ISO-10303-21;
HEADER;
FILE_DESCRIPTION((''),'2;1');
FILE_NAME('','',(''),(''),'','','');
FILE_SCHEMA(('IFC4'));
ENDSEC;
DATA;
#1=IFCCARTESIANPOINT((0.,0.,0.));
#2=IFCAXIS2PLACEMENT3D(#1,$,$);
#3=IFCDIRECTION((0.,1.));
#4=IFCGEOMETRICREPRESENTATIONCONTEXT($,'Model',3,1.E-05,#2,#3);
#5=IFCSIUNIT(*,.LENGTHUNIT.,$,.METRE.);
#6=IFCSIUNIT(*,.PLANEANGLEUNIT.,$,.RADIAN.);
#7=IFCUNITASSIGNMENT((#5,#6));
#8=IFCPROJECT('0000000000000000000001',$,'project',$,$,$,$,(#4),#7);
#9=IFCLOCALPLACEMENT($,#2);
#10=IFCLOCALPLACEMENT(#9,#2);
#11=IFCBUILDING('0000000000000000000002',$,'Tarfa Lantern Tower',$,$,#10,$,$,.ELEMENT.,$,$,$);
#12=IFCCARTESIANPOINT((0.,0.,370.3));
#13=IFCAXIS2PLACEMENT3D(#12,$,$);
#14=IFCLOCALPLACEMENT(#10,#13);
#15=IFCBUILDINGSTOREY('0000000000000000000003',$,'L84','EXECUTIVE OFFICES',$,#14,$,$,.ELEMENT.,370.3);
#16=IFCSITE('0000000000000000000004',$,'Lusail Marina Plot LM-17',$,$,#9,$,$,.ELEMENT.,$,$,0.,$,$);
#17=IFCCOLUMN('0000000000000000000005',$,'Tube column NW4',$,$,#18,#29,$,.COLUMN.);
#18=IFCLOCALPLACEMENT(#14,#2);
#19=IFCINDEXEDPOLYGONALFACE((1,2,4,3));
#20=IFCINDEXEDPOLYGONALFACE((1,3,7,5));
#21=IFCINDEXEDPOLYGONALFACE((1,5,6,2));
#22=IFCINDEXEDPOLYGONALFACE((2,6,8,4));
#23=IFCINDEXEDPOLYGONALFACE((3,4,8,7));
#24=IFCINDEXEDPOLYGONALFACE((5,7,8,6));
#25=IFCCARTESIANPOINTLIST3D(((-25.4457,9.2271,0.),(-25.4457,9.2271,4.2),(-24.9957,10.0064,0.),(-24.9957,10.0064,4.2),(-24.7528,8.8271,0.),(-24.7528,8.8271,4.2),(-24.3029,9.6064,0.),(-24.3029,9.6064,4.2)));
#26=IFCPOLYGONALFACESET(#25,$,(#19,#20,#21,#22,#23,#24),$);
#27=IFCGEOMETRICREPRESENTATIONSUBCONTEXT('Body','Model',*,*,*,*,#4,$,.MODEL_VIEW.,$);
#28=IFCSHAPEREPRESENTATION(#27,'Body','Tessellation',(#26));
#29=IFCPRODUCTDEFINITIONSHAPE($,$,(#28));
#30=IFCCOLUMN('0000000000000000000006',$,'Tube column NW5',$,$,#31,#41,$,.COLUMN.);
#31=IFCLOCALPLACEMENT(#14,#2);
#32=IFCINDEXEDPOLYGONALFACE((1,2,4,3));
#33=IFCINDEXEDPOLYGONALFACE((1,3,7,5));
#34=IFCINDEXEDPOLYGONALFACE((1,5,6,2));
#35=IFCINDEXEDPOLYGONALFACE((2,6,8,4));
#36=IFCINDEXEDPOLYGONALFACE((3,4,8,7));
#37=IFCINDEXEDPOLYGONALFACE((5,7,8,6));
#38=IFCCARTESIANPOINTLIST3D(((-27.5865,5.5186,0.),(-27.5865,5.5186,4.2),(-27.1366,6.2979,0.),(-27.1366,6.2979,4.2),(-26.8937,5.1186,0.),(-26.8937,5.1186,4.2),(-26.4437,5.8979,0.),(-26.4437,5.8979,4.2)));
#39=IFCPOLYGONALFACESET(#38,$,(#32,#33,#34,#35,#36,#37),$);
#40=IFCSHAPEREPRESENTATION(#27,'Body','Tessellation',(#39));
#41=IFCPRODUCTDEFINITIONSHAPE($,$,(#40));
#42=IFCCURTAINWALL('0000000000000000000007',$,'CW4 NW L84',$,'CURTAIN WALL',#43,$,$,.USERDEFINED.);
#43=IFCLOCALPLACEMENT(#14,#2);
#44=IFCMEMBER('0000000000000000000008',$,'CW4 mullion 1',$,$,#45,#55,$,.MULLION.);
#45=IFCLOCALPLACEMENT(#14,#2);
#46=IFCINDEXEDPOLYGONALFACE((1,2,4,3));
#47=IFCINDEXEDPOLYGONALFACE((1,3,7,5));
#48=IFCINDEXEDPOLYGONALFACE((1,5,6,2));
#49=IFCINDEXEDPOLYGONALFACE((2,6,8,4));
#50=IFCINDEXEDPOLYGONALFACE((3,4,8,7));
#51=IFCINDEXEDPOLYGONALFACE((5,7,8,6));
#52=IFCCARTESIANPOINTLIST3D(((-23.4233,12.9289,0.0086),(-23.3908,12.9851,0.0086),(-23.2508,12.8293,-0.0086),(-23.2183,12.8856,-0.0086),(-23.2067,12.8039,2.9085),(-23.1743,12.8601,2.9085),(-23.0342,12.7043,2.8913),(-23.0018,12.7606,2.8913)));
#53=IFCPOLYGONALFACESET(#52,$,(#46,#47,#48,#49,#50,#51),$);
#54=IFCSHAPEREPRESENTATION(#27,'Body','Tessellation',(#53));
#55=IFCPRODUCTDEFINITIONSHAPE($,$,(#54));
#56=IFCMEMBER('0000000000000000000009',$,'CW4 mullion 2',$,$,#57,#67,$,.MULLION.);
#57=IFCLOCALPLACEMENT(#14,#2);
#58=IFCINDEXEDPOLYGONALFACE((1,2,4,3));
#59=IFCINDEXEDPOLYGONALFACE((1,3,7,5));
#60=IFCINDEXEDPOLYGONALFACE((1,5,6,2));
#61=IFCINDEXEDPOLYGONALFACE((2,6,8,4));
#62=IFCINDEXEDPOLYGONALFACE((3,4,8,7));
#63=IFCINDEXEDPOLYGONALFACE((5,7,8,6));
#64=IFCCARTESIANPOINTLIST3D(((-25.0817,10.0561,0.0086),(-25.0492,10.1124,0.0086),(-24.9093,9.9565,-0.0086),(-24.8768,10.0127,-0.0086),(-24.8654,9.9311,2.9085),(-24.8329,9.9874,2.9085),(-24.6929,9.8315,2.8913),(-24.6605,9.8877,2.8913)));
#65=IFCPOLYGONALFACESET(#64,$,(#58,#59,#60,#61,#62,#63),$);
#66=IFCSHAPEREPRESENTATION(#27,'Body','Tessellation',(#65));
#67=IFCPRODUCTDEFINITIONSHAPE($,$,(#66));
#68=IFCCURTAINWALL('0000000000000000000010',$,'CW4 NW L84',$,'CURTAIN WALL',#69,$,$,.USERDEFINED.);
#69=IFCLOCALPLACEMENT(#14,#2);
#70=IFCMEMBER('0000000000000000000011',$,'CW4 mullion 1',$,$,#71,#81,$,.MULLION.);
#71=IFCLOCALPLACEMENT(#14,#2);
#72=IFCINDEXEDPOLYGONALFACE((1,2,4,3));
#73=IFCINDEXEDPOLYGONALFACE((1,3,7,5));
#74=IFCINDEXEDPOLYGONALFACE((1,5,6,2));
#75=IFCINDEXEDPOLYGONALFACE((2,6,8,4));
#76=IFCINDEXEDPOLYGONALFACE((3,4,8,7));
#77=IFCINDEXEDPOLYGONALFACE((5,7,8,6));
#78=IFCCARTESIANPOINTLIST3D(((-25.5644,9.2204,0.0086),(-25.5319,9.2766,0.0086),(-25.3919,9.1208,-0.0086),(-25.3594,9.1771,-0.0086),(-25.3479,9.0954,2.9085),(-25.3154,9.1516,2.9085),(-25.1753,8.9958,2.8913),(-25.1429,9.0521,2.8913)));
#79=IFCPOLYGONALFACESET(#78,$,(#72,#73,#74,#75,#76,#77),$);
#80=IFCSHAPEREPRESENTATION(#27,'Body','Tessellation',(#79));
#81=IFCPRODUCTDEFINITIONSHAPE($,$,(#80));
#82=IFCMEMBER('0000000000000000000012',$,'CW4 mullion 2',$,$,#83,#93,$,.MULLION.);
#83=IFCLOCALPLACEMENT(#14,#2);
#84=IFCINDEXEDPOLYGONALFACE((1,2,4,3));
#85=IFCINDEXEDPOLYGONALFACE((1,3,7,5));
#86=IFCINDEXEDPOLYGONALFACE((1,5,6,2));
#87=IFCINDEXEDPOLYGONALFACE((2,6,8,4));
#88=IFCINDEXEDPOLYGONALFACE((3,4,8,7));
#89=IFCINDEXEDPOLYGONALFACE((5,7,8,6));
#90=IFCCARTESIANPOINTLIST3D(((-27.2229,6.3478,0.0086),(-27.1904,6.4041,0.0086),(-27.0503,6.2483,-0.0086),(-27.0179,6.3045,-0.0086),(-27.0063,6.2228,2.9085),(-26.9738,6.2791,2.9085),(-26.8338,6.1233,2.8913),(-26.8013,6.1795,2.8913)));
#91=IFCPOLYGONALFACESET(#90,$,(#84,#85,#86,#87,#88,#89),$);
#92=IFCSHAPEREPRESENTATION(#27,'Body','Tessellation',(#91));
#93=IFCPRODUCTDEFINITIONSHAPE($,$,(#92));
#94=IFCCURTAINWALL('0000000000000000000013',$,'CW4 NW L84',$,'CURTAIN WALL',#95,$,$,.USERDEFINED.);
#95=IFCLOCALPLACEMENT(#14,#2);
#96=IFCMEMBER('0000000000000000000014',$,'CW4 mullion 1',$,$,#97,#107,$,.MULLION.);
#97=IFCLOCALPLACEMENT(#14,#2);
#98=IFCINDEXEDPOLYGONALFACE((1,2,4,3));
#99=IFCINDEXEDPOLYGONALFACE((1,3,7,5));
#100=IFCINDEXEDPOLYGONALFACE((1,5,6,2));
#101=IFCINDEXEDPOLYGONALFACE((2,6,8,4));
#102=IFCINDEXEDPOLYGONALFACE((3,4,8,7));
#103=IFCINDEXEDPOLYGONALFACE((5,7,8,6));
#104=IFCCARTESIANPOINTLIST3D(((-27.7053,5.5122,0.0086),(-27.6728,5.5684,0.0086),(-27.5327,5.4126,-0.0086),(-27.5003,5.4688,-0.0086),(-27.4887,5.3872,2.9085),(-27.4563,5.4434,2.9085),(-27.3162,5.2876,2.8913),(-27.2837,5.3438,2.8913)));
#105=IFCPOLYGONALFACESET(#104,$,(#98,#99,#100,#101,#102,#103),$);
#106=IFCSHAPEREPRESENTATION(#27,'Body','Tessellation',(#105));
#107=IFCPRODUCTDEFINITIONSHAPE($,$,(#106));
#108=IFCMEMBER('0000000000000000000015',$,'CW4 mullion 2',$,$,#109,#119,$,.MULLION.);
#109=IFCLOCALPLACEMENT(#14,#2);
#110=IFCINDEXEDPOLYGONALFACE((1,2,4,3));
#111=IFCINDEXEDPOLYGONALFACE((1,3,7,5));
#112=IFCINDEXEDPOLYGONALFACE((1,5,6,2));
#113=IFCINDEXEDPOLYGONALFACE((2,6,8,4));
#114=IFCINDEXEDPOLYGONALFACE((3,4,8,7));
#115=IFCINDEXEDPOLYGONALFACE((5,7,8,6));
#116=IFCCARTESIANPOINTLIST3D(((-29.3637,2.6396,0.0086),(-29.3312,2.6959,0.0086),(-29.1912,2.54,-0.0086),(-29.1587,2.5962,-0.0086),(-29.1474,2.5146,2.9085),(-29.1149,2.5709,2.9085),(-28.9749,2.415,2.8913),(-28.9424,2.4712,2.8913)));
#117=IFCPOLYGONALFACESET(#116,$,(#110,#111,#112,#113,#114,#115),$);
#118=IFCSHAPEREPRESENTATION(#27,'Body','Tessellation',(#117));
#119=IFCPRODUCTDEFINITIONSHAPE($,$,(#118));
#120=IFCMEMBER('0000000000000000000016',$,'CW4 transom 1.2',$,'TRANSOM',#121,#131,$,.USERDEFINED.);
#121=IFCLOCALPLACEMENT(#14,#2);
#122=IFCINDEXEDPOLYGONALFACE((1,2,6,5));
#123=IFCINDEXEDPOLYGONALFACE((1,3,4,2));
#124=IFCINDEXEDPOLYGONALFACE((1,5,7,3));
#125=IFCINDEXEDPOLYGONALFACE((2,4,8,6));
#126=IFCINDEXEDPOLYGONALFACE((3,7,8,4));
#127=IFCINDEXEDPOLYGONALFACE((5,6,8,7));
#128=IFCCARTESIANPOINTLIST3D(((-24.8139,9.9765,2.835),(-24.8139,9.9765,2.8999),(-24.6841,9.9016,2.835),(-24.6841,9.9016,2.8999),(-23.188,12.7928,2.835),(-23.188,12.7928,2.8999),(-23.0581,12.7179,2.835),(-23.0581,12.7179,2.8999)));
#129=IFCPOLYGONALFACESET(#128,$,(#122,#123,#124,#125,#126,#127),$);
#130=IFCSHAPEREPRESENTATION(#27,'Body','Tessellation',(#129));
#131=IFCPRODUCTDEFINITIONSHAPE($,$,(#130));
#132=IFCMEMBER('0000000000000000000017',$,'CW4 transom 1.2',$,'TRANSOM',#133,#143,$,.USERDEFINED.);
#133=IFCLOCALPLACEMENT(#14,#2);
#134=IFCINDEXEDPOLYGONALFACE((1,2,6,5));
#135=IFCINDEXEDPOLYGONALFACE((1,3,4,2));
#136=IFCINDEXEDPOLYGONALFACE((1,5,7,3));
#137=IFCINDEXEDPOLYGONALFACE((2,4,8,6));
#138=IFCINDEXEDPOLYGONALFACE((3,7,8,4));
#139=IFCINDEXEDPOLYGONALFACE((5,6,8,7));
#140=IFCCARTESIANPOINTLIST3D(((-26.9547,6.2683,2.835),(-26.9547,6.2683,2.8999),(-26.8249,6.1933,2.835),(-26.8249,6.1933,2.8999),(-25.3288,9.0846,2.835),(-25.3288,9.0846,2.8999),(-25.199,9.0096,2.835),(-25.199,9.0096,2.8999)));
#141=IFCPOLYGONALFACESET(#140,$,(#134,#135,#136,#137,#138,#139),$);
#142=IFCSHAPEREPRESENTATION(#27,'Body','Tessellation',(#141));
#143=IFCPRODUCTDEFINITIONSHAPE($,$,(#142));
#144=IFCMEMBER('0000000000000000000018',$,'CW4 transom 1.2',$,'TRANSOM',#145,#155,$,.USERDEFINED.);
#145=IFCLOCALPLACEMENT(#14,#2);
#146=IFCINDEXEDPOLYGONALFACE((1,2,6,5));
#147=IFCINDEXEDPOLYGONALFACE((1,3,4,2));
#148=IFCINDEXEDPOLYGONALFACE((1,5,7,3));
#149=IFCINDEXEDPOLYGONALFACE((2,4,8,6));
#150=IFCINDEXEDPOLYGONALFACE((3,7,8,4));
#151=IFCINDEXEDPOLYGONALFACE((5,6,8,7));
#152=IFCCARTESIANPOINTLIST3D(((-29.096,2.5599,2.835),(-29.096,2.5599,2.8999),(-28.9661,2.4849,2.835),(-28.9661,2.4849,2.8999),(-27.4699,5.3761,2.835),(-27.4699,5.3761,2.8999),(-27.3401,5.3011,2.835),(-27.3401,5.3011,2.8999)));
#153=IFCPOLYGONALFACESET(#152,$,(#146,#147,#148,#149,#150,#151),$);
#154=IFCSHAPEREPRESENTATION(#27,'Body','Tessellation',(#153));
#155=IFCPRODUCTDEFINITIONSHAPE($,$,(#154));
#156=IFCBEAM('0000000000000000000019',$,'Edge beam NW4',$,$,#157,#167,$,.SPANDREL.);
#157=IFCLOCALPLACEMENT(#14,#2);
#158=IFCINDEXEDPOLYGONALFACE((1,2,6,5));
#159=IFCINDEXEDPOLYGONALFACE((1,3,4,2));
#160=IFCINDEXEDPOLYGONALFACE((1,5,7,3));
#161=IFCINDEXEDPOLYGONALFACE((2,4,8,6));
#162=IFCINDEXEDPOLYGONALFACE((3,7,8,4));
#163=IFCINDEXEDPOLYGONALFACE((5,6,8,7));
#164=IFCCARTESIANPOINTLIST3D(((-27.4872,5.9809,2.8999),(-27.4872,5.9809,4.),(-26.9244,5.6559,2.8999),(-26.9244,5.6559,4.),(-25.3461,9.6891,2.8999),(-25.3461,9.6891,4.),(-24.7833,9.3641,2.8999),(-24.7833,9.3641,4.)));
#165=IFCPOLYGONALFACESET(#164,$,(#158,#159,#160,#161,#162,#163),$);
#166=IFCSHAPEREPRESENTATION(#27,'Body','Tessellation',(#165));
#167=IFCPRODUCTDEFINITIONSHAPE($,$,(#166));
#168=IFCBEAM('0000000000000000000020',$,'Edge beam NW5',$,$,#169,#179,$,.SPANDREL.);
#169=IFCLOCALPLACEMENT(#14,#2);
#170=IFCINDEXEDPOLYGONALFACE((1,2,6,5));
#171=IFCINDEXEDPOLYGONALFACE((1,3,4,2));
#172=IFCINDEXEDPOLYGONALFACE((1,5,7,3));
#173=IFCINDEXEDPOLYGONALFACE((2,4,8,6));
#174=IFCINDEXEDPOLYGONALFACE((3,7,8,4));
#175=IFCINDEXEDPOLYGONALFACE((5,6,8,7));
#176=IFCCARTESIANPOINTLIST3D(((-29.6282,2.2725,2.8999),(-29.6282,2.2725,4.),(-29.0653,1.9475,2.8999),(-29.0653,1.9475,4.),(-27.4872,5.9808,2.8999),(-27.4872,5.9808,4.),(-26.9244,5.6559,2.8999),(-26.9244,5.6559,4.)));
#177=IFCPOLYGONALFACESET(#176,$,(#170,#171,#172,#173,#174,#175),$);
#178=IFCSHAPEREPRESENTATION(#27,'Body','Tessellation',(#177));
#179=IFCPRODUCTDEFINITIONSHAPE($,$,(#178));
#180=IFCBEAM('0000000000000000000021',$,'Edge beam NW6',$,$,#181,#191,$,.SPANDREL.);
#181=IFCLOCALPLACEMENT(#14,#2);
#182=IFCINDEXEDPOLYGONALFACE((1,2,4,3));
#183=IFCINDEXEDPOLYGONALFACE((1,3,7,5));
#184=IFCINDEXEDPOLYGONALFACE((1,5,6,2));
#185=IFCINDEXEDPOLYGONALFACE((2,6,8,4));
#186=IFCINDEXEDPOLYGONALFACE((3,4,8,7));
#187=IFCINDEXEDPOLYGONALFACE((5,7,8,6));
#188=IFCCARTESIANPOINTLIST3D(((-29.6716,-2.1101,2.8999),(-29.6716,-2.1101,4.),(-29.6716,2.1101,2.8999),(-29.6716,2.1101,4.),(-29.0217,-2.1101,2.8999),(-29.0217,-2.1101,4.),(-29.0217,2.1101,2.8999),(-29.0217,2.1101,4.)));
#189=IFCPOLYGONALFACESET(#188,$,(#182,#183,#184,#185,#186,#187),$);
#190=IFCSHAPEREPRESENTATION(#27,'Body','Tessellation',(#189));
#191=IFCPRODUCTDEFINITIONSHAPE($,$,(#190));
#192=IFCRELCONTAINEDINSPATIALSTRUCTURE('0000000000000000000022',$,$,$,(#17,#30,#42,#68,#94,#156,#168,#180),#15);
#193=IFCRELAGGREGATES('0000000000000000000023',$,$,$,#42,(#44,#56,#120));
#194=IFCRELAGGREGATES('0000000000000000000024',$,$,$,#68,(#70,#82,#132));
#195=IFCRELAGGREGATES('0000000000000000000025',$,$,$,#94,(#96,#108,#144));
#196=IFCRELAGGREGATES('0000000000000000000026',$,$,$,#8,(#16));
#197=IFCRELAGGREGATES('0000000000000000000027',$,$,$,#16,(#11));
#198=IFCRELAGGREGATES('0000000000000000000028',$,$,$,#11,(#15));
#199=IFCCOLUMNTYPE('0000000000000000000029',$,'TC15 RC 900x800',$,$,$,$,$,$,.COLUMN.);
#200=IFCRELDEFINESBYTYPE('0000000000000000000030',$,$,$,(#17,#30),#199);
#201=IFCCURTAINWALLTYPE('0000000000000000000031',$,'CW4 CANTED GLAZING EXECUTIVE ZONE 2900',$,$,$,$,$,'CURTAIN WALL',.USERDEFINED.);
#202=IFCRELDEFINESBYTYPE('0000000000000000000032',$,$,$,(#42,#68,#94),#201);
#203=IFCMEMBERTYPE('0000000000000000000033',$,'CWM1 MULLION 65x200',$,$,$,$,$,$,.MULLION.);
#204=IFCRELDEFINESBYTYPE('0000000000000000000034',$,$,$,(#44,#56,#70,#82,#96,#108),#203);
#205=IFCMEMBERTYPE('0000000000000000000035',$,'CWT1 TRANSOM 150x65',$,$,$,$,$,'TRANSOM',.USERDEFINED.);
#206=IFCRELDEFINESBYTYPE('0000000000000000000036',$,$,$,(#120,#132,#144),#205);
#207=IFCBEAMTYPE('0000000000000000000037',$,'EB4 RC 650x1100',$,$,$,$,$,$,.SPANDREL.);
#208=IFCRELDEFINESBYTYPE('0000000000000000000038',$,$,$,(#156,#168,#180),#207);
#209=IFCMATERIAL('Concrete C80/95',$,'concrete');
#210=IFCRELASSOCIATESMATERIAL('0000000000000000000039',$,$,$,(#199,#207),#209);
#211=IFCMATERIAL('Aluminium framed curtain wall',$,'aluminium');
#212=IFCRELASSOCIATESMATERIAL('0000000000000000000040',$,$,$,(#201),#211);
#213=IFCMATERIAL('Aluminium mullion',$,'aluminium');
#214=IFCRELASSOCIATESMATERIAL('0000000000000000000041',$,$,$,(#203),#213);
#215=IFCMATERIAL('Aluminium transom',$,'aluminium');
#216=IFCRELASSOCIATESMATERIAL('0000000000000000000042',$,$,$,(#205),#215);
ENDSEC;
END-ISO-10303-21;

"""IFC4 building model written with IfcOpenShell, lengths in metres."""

from ifc_helpers import new_model, si_unit, direction, frame, origin, origin_2d, place, context, subcontext, project, spatial, rectangle, extrude, material, material_profile, profile_set, type_object, element, aggregate, save


model = new_model("IFC4")

# Units and contexts
model_context = context("Model", 3, precision=1e-05, world=origin(), true_north=direction((0.0, 1.0)))
body_context = subcontext(model_context, "Body", "Model", "MODEL_VIEW")
ifc_project = project(units=[si_unit("LENGTHUNIT", "METRE"), si_unit("PLANEANGLEUNIT", "RADIAN")], contexts=[model_context])

# Site, building, storey
site_placement = place(None, origin())
site = spatial("IfcSite", under=ifc_project, at=site_placement, Name="Lusail Marina Plot LM-17", CompositionType="ELEMENT", RefElevation=0.0)
building_placement = place(site_placement, origin())
building = spatial("IfcBuilding", under=site, at=building_placement, Name="Tarfa Lantern Tower", CompositionType="ELEMENT")
storey_placement = place(building_placement, frame((0.0, 0.0, 370.3)))
storey = spatial("IfcBuildingStorey", under=building, at=storey_placement, Name="L84", Description="EXECUTIVE OFFICES", CompositionType="ELEMENT", Elevation=370.3)

# Columns
ifc_material_1 = material(Name="Concrete C80/95", Category="concrete")
ifc_material_profile_1 = material_profile(ifc_material_1, rectangle(XDim=0.8999, YDim=0.8, at=origin_2d()), Name="RC 900x800")
ifc_profile_set_1 = profile_set([ifc_material_profile_1], Name="Concrete C80/95")
column_type = type_object("IfcColumnType", Name="TC15 RC 900x800", PredefinedType="COLUMN", material=ifc_profile_set_1)
for number, where, z_axis, x_axis, name in (
    (1, (-24.8743, 9.4167, 0.0), (0.0, 0.0, 1.0), (-0.5, -0.866025, 0.0), "Tube column NW4"),
    (2, (-27.0151, 5.7083, 0.0), (0.0, 0.0, 1.0), (-0.5, -0.866025, 0.0), "Tube column NW5"),
):
    element("IfcColumn", number, at=place(storey_placement, frame(where, z_axis=z_axis, x_axis=x_axis)), inside=storey, type_object=column_type, Name=name, PredefinedType="COLUMN", context=body_context, shape_type="SweptSolid", body=[
        extrude(rectangle(XDim=0.8999, YDim=0.8, at=origin_2d()), origin(), (0.0, 0.0, 1.0), 4.2),
    ])

# Curtain walls, members
ifc_material_2 = material(Name="Aluminium framed curtain wall", Category="aluminium")
curtain_wall_type = type_object("IfcCurtainWallType", Name="CW4 CANTED GLAZING EXECUTIVE ZONE 2900", ElementType="CURTAIN WALL", PredefinedType="USERDEFINED", material=ifc_material_2)
curtain_wall_1_placement = place(storey_placement, origin())
curtain_wall_1 = element("IfcCurtainWall", 3, at=curtain_wall_1_placement, inside=storey, type_object=curtain_wall_type, Name="CW4 NW L84", ObjectType="CURTAIN WALL", PredefinedType="USERDEFINED")
ifc_material_3 = material(Name="Aluminium mullion", Category="aluminium")
ifc_material_profile_2 = material_profile(ifc_material_3, rectangle(XDim=0.0649, YDim=0.2, at=origin_2d()), Name="AL MULLION 65x200")
ifc_profile_set_2 = profile_set([ifc_material_profile_2], Name="Aluminium mullion")
member_type_1 = type_object("IfcMemberType", Name="CWM1 MULLION 65x200", PredefinedType="MULLION", material=ifc_profile_set_2)
member_1_placement = place(storey_placement, frame((-23.3208, 12.9072, 0.0), z_axis=(0.0744, -0.042946, 0.996303), x_axis=(0.49992, 0.866072, 0.0)))
member_1 = element("IfcMember", 4, at=member_1_placement, type_object=member_type_1, Name="CW4 mullion 1", PredefinedType="MULLION", context=body_context, shape_type="SweptSolid", body=[
    extrude(rectangle(XDim=0.0649, YDim=0.2, at=origin_2d()), origin(), (0.0, 0.0, 1.0), 2.9106),
])
member_2_placement = place(storey_placement, frame((-24.9792, 10.0344, 0.0), z_axis=(0.074316, -0.042946, 0.99631), x_axis=(0.500343, 0.865827, 0.0)))
member_2 = element("IfcMember", 5, at=member_2_placement, type_object=member_type_1, Name="CW4 mullion 2", PredefinedType="MULLION", context=body_context, shape_type="SweptSolid", body=[
    extrude(rectangle(XDim=0.0649, YDim=0.2, at=origin_2d()), origin(), (0.0, 0.0, 1.0), 2.9106),
])
curtain_wall_2_placement = place(storey_placement, origin())
curtain_wall_2 = element("IfcCurtainWall", 6, at=curtain_wall_2_placement, inside=storey, type_object=curtain_wall_type, Name="CW4 NW L84", ObjectType="CURTAIN WALL", PredefinedType="USERDEFINED")
member_3_placement = place(storey_placement, frame((-25.4619, 9.1987, 0.0), z_axis=(0.0744, -0.042946, 0.996303), x_axis=(0.49992, 0.866072, 0.0)))
member_3 = element("IfcMember", 7, at=member_3_placement, type_object=member_type_1, Name="CW4 mullion 1", PredefinedType="MULLION", context=body_context, shape_type="SweptSolid", body=[
    extrude(rectangle(XDim=0.0649, YDim=0.2, at=origin_2d()), origin(), (0.0, 0.0, 1.0), 2.9106),
])
member_4_placement = place(storey_placement, frame((-27.1204, 6.3262, 0.0), z_axis=(0.0744, -0.042946, 0.996303), x_axis=(0.49992, 0.866072, 0.0)))
member_4 = element("IfcMember", 8, at=member_4_placement, type_object=member_type_1, Name="CW4 mullion 2", PredefinedType="MULLION", context=body_context, shape_type="SweptSolid", body=[
    extrude(rectangle(XDim=0.0649, YDim=0.2, at=origin_2d()), origin(), (0.0, 0.0, 1.0), 2.9106),
])
curtain_wall_3_placement = place(storey_placement, origin())
curtain_wall_3 = element("IfcCurtainWall", 9, at=curtain_wall_3_placement, inside=storey, type_object=curtain_wall_type, Name="CW4 NW L84", ObjectType="CURTAIN WALL", PredefinedType="USERDEFINED")
member_5_placement = place(storey_placement, frame((-27.6028, 5.4905, 0.0), z_axis=(0.0744, -0.042946, 0.996303), x_axis=(0.49992, 0.866072, 0.0)))
member_5 = element("IfcMember", 10, at=member_5_placement, type_object=member_type_1, Name="CW4 mullion 1", PredefinedType="MULLION", context=body_context, shape_type="SweptSolid", body=[
    extrude(rectangle(XDim=0.0649, YDim=0.2, at=origin_2d()), origin(), (0.0, 0.0, 1.0), 2.9106),
])
member_6_placement = place(storey_placement, frame((-29.2612, 2.6179, 0.0), z_axis=(0.074316, -0.042946, 0.99631), x_axis=(0.500343, 0.865827, 0.0)))
member_6 = element("IfcMember", 11, at=member_6_placement, type_object=member_type_1, Name="CW4 mullion 2", PredefinedType="MULLION", context=body_context, shape_type="SweptSolid", body=[
    extrude(rectangle(XDim=0.0649, YDim=0.2, at=origin_2d()), origin(), (0.0, 0.0, 1.0), 2.9106),
])

# Members
ifc_material_4 = material(Name="Aluminium transom", Category="aluminium")
ifc_material_profile_3 = material_profile(ifc_material_4, rectangle(XDim=0.1499, YDim=0.0649, at=origin_2d()), Name="AL TRANSOM 150x65")
ifc_profile_set_3 = profile_set([ifc_material_profile_3], Name="Aluminium transom")
member_type_2 = type_object("IfcMemberType", Name="CWT1 TRANSOM 150x65", ElementType="TRANSOM", PredefinedType="USERDEFINED", material=ifc_profile_set_3)
member_7_placement = place(storey_placement, frame((-23.123, 12.7554, 2.8674), z_axis=(-0.499982, -0.866036, 0.0), x_axis=(0.866036, -0.499982, 0.0)))
member_7 = element("IfcMember", 12, at=member_7_placement, type_object=member_type_2, Name="CW4 transom 1.2", ObjectType="TRANSOM", PredefinedType="USERDEFINED", context=body_context, shape_type="SweptSolid", body=[
    extrude(rectangle(XDim=0.1499, YDim=0.0649, at=origin_2d()), origin(), (0.0, 0.0, 1.0), 3.252),
])
member_8_placement = place(storey_placement, frame((-25.2639, 9.0471, 2.8674), z_axis=(-0.499982, -0.866036, 0.0), x_axis=(0.866036, -0.499982, 0.0)))
member_8 = element("IfcMember", 13, at=member_8_placement, type_object=member_type_2, Name="CW4 transom 1.2", ObjectType="TRANSOM", PredefinedType="USERDEFINED", context=body_context, shape_type="SweptSolid", body=[
    extrude(rectangle(XDim=0.1499, YDim=0.0649, at=origin_2d()), origin(), (0.0, 0.0, 1.0), 3.252),
])
member_9_placement = place(storey_placement, frame((-27.405, 5.3386, 2.8674), z_axis=(-0.500015, -0.866017, 0.0), x_axis=(0.866017, -0.500015, 0.0)))
member_9 = element("IfcMember", 14, at=member_9_placement, type_object=member_type_2, Name="CW4 transom 1.2", ObjectType="TRANSOM", PredefinedType="USERDEFINED", context=body_context, shape_type="SweptSolid", body=[
    extrude(rectangle(XDim=0.1499, YDim=0.0649, at=origin_2d()), origin(), (0.0, 0.0, 1.0), 3.252),
])

# Beams
ifc_material_profile_4 = material_profile(ifc_material_1, rectangle(XDim=0.6499, YDim=1.1001, at=origin_2d()), Name="RC 650x1100")
ifc_profile_set_4 = profile_set([ifc_material_profile_4], Name="Concrete C80/95")
beam_type_1 = type_object("IfcBeamType", Name="EB4 RC 650x1100", PredefinedType="SPANDREL", material=ifc_profile_set_4)
for number, where, z_axis, x_axis, name in (
    (15, (-25.0647, 9.5266, 3.45), (-0.500027, -0.86601, 0.0), (0.86601, -0.500027, 0.0), "Edge beam NW4"),
    (16, (-27.2058, 5.8184, 3.45), (-0.499984, -0.866035, 0.0), (0.866035, -0.499984, 0.0), "Edge beam NW5"),
):
    element("IfcBeam", number, at=place(storey_placement, frame(where, z_axis=z_axis, x_axis=x_axis)), inside=storey, type_object=beam_type_1, Name=name, PredefinedType="SPANDREL", context=body_context, shape_type="SweptSolid", body=[
        extrude(rectangle(XDim=0.6499, YDim=1.1001, at=origin_2d()), origin(), (0.0, 0.0, 1.0), 4.282),
    ])
beam_1_placement = place(storey_placement, frame((-29.3467, 2.1101, 3.45), z_axis=(0.0, -1.0, 0.0), x_axis=(1.0, 0.0, 0.0)))
element("IfcBeam", 17, at=beam_1_placement, inside=storey, type_object=beam_type_1, Name="Edge beam NW6", PredefinedType="SPANDREL", context=body_context, shape_type="SweptSolid", body=[
    extrude(rectangle(XDim=0.6499, YDim=1.1001, at=origin_2d()), origin(), (0.0, 0.0, 1.0), 4.2202),
])

aggregate(curtain_wall_1, [member_1, member_2, member_7])
aggregate(curtain_wall_2, [member_3, member_4, member_8])
aggregate(curtain_wall_3, [member_5, member_6, member_9])

save(model, "model.ifc")
